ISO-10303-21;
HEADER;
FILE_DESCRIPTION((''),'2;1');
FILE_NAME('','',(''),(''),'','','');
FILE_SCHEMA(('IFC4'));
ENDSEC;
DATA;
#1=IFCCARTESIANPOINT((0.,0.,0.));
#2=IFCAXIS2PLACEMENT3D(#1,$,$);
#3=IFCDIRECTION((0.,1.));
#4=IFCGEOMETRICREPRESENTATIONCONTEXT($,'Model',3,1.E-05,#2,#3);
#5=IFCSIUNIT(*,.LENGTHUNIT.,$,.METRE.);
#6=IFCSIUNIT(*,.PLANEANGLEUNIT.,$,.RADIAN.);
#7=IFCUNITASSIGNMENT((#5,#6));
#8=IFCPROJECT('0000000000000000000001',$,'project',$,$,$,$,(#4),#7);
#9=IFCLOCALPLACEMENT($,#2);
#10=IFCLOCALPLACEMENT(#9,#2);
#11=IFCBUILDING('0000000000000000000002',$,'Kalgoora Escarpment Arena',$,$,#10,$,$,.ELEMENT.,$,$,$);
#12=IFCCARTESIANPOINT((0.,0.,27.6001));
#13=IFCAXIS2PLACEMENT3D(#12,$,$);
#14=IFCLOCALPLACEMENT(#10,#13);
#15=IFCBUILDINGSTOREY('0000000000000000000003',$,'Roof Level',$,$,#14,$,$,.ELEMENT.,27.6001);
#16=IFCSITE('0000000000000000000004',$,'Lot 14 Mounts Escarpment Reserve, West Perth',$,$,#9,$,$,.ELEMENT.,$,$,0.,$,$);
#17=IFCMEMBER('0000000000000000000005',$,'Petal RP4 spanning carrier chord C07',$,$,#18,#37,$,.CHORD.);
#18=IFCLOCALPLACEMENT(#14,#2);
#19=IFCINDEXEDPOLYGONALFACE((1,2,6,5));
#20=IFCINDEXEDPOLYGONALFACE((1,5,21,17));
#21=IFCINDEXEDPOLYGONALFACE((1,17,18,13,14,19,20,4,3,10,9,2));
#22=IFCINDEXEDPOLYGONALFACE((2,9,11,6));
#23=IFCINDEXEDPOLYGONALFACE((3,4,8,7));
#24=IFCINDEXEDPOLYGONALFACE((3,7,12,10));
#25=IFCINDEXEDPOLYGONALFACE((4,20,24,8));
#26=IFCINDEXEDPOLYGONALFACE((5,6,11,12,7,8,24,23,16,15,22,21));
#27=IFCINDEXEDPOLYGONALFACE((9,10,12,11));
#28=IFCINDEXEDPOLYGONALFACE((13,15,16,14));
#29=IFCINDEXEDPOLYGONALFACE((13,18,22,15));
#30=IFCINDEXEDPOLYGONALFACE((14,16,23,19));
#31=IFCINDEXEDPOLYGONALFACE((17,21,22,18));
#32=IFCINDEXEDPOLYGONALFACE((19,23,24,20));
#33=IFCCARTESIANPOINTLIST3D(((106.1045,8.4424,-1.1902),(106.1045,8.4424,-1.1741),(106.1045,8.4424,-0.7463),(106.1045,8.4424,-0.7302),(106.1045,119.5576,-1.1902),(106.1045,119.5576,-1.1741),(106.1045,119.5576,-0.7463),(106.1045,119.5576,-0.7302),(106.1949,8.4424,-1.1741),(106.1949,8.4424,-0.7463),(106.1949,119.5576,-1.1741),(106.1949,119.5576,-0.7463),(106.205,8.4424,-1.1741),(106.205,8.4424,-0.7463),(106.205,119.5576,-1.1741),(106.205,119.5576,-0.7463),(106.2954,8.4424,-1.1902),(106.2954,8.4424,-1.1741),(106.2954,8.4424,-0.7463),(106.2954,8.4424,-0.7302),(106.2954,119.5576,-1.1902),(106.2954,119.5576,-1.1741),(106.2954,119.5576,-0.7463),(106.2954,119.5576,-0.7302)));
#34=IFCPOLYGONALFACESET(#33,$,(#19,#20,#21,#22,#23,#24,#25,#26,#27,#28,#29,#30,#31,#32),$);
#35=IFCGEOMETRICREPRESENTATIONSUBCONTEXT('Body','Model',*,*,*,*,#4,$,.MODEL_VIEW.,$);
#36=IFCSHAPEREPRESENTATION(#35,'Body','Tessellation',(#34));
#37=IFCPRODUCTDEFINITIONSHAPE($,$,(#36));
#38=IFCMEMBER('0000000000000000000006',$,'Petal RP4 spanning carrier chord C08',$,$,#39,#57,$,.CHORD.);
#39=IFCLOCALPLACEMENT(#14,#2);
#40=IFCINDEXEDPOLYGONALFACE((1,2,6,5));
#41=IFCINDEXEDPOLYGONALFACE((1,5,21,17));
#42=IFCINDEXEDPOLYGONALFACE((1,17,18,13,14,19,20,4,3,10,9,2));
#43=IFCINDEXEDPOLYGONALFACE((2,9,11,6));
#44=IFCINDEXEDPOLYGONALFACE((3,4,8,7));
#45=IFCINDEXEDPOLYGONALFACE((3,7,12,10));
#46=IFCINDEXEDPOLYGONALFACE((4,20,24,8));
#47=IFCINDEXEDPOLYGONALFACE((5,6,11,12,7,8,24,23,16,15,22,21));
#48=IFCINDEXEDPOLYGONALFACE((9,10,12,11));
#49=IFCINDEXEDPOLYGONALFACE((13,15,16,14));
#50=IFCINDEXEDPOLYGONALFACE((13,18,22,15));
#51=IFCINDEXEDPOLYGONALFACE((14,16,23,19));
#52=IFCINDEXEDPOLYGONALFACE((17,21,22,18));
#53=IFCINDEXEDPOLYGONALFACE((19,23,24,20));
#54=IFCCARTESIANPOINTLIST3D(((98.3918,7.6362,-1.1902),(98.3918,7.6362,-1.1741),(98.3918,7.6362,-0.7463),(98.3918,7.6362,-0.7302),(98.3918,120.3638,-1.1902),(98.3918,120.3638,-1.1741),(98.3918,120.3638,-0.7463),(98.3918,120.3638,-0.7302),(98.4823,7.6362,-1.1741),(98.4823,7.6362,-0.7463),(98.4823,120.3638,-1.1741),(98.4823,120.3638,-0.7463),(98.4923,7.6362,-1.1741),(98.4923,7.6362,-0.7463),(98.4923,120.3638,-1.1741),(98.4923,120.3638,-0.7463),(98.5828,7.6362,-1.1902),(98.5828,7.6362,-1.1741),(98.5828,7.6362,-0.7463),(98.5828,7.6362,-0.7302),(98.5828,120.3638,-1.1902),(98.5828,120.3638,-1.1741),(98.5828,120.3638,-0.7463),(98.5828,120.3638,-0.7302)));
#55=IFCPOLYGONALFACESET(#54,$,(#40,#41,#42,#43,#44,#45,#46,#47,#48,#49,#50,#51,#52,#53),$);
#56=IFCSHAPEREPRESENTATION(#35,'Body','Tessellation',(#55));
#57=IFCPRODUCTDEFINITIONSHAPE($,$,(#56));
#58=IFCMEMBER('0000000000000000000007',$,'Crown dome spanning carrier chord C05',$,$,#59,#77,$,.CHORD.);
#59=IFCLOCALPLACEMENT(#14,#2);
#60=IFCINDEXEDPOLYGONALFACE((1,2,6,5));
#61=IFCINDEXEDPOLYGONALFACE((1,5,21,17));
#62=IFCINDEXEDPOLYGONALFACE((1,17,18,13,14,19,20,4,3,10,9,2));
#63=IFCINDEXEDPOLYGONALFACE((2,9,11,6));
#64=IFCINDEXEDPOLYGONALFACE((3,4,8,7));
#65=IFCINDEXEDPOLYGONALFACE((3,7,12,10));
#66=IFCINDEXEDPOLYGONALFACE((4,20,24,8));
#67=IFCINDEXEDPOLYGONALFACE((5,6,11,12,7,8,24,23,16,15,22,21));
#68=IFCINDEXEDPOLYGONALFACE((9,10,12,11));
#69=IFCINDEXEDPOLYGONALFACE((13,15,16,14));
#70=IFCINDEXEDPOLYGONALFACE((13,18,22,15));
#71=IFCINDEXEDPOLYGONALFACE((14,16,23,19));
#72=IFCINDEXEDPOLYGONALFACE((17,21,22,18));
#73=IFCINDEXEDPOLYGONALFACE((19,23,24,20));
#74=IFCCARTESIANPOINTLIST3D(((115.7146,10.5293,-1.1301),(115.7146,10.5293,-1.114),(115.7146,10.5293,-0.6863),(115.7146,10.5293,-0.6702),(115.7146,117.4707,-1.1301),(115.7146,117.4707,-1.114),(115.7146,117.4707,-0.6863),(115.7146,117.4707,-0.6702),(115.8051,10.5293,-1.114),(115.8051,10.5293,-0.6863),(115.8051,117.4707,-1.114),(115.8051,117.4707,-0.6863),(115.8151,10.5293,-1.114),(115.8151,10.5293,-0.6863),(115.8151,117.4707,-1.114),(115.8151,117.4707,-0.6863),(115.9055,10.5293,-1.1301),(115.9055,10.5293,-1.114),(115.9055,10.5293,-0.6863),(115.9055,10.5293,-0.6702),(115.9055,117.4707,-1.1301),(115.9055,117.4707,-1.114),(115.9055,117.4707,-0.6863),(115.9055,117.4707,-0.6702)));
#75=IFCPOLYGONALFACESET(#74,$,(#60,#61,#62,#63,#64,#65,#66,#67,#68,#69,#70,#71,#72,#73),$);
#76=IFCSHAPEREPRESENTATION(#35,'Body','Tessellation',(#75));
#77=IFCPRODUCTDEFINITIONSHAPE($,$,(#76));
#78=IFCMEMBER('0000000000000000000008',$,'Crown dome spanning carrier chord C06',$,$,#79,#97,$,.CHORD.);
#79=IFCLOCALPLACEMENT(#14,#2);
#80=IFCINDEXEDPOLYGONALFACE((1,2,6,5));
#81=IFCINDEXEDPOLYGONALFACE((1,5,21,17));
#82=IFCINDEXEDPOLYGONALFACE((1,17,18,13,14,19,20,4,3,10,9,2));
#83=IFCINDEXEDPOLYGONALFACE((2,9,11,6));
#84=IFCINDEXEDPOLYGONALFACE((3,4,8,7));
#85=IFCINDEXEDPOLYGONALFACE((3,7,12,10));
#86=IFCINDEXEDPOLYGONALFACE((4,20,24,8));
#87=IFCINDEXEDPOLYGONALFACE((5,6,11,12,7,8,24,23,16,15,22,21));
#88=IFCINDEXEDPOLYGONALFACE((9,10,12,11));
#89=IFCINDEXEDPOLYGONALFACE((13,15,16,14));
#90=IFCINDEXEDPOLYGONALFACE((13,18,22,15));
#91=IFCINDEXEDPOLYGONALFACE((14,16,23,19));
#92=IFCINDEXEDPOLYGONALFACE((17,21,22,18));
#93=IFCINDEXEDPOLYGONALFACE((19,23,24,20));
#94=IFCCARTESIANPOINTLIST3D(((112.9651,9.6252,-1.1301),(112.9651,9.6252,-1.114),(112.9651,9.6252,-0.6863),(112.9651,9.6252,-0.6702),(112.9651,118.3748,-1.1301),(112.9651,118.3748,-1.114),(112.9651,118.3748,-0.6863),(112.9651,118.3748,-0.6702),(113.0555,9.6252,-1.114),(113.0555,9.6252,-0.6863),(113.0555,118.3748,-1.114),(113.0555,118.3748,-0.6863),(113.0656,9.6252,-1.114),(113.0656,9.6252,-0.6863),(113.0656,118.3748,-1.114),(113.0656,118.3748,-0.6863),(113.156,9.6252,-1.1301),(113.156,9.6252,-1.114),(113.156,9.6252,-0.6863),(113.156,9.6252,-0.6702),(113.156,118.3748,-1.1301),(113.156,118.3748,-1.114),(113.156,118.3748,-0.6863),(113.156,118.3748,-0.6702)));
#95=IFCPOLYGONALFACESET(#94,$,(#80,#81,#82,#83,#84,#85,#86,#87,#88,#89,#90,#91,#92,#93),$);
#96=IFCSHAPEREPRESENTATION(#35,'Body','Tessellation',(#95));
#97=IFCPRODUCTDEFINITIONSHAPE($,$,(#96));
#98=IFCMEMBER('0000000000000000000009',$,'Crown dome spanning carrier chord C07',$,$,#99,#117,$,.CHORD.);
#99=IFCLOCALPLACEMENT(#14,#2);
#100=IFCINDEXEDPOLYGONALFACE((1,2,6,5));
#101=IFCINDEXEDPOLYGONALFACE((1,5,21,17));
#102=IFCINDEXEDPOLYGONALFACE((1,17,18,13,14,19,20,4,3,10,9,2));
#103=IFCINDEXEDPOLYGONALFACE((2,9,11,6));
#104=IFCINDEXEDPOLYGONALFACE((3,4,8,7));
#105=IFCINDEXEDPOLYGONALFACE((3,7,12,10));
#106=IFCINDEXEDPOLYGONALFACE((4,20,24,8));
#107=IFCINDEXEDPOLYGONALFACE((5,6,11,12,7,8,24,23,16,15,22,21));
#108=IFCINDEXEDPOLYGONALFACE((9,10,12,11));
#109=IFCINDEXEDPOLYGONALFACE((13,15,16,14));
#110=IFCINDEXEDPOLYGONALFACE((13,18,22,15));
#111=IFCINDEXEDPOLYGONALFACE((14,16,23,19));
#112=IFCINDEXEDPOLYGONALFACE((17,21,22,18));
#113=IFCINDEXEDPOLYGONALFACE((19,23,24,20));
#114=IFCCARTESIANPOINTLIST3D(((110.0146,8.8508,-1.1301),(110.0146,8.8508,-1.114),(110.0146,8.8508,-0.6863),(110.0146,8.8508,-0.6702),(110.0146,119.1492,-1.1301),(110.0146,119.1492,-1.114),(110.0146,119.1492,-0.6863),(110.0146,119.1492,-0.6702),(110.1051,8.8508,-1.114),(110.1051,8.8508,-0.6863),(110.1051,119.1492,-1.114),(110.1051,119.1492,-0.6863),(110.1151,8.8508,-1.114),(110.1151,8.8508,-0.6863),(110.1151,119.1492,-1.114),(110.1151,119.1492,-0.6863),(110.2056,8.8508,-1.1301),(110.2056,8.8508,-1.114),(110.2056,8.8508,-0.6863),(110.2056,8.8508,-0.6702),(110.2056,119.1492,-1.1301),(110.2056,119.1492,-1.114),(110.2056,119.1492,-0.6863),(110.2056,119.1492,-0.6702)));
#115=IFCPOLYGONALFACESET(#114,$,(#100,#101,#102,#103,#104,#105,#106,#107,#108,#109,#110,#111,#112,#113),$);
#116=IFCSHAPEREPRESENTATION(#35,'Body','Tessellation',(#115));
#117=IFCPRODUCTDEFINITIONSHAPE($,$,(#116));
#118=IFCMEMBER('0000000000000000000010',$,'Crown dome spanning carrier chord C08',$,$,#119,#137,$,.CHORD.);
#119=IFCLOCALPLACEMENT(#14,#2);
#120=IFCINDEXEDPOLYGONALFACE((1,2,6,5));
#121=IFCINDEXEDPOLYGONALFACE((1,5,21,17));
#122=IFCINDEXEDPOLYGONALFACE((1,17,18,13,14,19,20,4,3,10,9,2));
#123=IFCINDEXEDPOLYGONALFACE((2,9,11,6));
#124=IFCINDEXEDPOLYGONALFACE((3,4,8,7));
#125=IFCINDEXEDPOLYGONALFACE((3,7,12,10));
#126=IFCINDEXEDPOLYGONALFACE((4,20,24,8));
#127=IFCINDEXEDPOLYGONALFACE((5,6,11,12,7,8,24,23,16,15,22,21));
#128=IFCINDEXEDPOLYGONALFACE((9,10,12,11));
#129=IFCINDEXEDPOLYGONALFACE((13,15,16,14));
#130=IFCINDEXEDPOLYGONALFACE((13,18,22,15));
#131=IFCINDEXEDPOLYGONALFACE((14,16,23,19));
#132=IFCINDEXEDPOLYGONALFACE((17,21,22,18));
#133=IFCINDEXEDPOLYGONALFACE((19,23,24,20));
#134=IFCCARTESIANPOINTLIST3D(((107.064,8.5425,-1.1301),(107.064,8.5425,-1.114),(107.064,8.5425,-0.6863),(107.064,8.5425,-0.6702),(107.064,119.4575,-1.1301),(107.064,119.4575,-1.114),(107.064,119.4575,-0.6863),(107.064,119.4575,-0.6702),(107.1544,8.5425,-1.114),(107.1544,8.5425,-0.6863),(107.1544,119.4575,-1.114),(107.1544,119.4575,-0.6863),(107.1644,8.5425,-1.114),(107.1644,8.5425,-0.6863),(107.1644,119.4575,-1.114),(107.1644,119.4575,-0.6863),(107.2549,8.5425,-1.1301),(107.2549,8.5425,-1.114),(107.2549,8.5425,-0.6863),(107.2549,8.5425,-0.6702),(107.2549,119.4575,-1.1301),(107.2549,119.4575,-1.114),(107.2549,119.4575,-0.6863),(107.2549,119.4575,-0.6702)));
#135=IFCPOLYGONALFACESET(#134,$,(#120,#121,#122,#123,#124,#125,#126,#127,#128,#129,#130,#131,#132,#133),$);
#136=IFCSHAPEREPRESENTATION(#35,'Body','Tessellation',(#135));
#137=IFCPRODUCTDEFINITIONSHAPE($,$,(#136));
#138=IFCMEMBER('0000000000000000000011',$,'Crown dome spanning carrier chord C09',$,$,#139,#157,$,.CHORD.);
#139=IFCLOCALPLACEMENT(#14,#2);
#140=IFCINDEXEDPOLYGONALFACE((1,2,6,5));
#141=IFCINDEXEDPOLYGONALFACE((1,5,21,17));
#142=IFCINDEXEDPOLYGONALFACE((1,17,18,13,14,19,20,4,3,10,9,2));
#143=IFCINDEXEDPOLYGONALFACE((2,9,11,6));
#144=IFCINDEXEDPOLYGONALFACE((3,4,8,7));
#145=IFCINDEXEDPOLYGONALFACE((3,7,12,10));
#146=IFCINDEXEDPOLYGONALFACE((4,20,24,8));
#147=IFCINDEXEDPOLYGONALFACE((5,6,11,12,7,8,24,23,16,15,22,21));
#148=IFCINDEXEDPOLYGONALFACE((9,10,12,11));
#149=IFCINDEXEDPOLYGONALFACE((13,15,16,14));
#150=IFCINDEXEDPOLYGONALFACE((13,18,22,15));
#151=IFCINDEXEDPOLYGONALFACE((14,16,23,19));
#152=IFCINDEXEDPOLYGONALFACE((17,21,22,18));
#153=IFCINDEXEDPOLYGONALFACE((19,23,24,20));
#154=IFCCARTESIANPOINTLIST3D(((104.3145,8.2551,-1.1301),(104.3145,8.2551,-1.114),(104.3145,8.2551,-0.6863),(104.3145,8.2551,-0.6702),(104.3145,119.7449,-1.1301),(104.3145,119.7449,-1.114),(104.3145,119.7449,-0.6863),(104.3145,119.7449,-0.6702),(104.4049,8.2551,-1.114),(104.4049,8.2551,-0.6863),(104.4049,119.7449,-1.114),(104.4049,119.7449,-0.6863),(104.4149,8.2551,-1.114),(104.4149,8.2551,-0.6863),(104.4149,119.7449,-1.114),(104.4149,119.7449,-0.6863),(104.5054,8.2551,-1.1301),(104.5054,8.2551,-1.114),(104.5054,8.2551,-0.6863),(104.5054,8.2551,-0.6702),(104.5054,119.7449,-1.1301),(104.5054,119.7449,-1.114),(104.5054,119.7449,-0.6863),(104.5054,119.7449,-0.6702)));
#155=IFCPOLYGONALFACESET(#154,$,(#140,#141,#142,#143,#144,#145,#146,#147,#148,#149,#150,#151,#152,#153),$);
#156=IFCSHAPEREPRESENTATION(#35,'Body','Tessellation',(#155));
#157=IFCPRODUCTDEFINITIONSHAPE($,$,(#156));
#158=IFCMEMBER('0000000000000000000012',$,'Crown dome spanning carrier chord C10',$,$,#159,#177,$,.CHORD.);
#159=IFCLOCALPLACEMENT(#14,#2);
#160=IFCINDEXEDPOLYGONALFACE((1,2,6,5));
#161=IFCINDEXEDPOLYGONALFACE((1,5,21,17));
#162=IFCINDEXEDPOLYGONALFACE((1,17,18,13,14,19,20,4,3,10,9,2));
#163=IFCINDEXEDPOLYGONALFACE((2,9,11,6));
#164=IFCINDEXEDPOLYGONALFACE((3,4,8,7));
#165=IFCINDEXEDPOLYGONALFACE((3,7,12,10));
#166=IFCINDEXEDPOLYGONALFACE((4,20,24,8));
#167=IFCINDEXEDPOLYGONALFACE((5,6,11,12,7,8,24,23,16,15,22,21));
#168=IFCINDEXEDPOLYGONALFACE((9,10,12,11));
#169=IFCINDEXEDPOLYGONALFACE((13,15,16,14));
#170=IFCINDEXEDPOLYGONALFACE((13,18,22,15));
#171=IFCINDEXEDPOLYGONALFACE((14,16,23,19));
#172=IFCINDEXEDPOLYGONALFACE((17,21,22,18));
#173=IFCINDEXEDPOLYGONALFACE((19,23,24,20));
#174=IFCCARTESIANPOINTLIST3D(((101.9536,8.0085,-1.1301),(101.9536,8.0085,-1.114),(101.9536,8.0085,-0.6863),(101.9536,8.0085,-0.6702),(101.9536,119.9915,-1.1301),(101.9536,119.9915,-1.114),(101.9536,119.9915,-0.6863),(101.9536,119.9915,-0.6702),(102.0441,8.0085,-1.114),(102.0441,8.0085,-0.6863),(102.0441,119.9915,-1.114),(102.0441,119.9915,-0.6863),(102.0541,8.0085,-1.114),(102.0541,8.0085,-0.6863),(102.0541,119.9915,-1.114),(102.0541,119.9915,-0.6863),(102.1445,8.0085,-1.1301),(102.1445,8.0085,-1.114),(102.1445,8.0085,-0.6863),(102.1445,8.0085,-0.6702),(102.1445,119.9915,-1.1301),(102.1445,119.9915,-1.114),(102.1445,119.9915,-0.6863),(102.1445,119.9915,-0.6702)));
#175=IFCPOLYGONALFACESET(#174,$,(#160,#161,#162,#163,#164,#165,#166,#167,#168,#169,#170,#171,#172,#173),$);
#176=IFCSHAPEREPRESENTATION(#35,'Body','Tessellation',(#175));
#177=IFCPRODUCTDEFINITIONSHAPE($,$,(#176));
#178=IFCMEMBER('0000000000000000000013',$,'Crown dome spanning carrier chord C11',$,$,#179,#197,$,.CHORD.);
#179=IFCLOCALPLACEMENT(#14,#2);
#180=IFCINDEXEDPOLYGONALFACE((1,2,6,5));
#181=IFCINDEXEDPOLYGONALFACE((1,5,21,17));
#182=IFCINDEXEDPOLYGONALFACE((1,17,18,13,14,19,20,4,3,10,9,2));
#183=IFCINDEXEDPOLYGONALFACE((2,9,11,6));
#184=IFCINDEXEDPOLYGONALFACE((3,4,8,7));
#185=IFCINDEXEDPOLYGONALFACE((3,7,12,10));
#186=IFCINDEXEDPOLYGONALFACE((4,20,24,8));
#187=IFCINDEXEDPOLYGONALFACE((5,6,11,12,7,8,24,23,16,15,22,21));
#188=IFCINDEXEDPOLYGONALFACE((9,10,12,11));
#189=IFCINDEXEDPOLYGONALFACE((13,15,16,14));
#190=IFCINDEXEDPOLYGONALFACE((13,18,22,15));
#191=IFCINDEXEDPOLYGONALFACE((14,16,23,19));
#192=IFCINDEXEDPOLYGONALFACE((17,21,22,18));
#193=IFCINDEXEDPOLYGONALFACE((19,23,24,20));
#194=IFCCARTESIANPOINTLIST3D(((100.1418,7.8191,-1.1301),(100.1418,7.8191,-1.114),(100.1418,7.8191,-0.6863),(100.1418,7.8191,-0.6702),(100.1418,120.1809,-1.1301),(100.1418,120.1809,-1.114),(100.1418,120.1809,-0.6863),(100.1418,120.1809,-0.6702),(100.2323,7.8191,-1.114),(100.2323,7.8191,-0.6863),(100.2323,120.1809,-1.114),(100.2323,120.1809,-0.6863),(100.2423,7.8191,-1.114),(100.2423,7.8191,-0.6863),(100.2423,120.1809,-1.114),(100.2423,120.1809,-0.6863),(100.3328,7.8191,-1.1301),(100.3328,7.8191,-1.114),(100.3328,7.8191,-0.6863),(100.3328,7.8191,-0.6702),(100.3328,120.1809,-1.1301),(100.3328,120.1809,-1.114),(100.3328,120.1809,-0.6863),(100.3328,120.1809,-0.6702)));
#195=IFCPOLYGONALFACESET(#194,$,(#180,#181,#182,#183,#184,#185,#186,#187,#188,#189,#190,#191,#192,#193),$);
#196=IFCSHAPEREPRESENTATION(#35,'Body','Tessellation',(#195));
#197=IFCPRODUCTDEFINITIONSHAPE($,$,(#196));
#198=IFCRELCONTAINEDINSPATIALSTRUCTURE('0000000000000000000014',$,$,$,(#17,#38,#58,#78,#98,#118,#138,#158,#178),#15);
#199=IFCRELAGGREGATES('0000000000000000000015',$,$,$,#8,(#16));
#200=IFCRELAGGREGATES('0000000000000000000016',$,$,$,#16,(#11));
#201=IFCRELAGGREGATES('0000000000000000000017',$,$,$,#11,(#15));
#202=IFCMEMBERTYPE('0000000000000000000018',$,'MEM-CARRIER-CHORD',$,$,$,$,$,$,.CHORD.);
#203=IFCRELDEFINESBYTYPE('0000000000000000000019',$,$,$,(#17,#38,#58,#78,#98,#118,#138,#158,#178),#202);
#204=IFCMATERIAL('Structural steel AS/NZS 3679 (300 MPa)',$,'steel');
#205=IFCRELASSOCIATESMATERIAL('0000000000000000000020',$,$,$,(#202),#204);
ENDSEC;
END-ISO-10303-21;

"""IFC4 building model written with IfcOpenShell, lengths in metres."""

from ifc_helpers import new_model, si_unit, direction, frame, origin, origin_2d, place, context, subcontext, project, spatial, i_section, extrude, material, material_profile, profile_set, type_object, element, save


model = new_model("IFC4")

# Units and contexts
model_context = context("Model", 3, precision=1e-05, world=origin(), true_north=direction((0.0, 1.0)))
body_context = subcontext(model_context, "Body", "Model", "MODEL_VIEW")
ifc_project = project(units=[si_unit("LENGTHUNIT", "METRE"), si_unit("PLANEANGLEUNIT", "RADIAN")], contexts=[model_context])

# Site, building, storey
site_placement = place(None, origin())
site = spatial("IfcSite", under=ifc_project, at=site_placement, Name="Lot 14 Mounts Escarpment Reserve, West Perth", CompositionType="ELEMENT", RefElevation=0.0)
building_placement = place(site_placement, origin())
building = spatial("IfcBuilding", under=site, at=building_placement, Name="Kalgoora Escarpment Arena", CompositionType="ELEMENT")
storey_placement = place(building_placement, frame((0.0, 0.0, 27.6001)))
storey = spatial("IfcBuildingStorey", under=building, at=storey_placement, Name="Roof Level", CompositionType="ELEMENT", Elevation=27.6001)

# Members
ifc_material_1 = material(Name="Structural steel AS/NZS 3679 (300 MPa)", Category="steel")
ifc_material_profile_1 = material_profile(ifc_material_1, i_section(OverallWidth=0.1909, OverallDepth=0.46, WebThickness=0.01, FlangeThickness=0.0161, at=origin_2d()))
ifc_profile_set_1 = profile_set([ifc_material_profile_1], Name="Structural steel AS/NZS 3679 (300 MPa)")
member_type_1 = type_object("IfcMemberType", Name="MEM-CARRIER-CHORD", PredefinedType="CHORD", material=ifc_profile_set_1)
member_1_placement = place(storey_placement, frame((106.2, 8.4424, -0.9602), z_axis=(0.0, 1.0, 0.0), x_axis=(-1.0, 0.0, 0.0)))
element("IfcMember", 1, at=member_1_placement, inside=storey, type_object=member_type_1, Name="Petal RP4 spanning carrier chord C07", PredefinedType="CHORD", context=body_context, shape_type="SweptSolid", body=[
    extrude(i_section(OverallWidth=0.1909, OverallDepth=0.46, WebThickness=0.01, FlangeThickness=0.0161, at=origin_2d()), origin(), (0.0, 0.0, 1.0), 111.1152),
])
member_2_placement = place(storey_placement, frame((98.4873, 7.6362, -0.9602), z_axis=(0.0, 1.0, 0.0), x_axis=(-1.0, 0.0, 0.0)))
element("IfcMember", 2, at=member_2_placement, inside=storey, type_object=member_type_1, Name="Petal RP4 spanning carrier chord C08", PredefinedType="CHORD", context=body_context, shape_type="SweptSolid", body=[
    extrude(i_section(OverallWidth=0.1909, OverallDepth=0.46, WebThickness=0.01, FlangeThickness=0.0161, at=origin_2d()), origin(), (0.0, 0.0, 1.0), 112.7275),
])
member_3_placement = place(storey_placement, frame((115.8101, 10.5293, -0.9001), z_axis=(0.0, 1.0, 0.0), x_axis=(-1.0, 0.0, 0.0)))
element("IfcMember", 3, at=member_3_placement, inside=storey, type_object=member_type_1, Name="Crown dome spanning carrier chord C05", PredefinedType="CHORD", context=body_context, shape_type="SweptSolid", body=[
    extrude(i_section(OverallWidth=0.1909, OverallDepth=0.46, WebThickness=0.01, FlangeThickness=0.0161, at=origin_2d()), origin(), (0.0, 0.0, 1.0), 106.9414),
])
member_4_placement = place(storey_placement, frame((113.0605, 9.6252, -0.9001), z_axis=(0.0, 1.0, 0.0), x_axis=(-1.0, 0.0, 0.0)))
element("IfcMember", 4, at=member_4_placement, inside=storey, type_object=member_type_1, Name="Crown dome spanning carrier chord C06", PredefinedType="CHORD", context=body_context, shape_type="SweptSolid", body=[
    extrude(i_section(OverallWidth=0.1909, OverallDepth=0.46, WebThickness=0.01, FlangeThickness=0.0161, at=origin_2d()), origin(), (0.0, 0.0, 1.0), 108.7495),
])
member_5_placement = place(storey_placement, frame((110.1101, 8.8508, -0.9001), z_axis=(0.0, 1.0, 0.0), x_axis=(-1.0, 0.0, 0.0)))
element("IfcMember", 5, at=member_5_placement, inside=storey, type_object=member_type_1, Name="Crown dome spanning carrier chord C07", PredefinedType="CHORD", context=body_context, shape_type="SweptSolid", body=[
    extrude(i_section(OverallWidth=0.1909, OverallDepth=0.46, WebThickness=0.01, FlangeThickness=0.0161, at=origin_2d()), origin(), (0.0, 0.0, 1.0), 110.2983),
])
member_6_placement = place(storey_placement, frame((107.1594, 8.5425, -0.9001), z_axis=(0.0, 1.0, 0.0), x_axis=(-1.0, 0.0, 0.0)))
element("IfcMember", 6, at=member_6_placement, inside=storey, type_object=member_type_1, Name="Crown dome spanning carrier chord C08", PredefinedType="CHORD", context=body_context, shape_type="SweptSolid", body=[
    extrude(i_section(OverallWidth=0.1909, OverallDepth=0.46, WebThickness=0.01, FlangeThickness=0.0161, at=origin_2d()), origin(), (0.0, 0.0, 1.0), 110.915),
])
member_7_placement = place(storey_placement, frame((104.4099, 8.2551, -0.9001), z_axis=(0.0, 1.0, 0.0), x_axis=(-1.0, 0.0, 0.0)))
element("IfcMember", 7, at=member_7_placement, inside=storey, type_object=member_type_1, Name="Crown dome spanning carrier chord C09", PredefinedType="CHORD", context=body_context, shape_type="SweptSolid", body=[
    extrude(i_section(OverallWidth=0.1909, OverallDepth=0.46, WebThickness=0.01, FlangeThickness=0.0161, at=origin_2d()), origin(), (0.0, 0.0, 1.0), 111.4897),
])
member_8_placement = place(storey_placement, frame((102.0491, 8.0085, -0.9001), z_axis=(0.0, 1.0, 0.0), x_axis=(-1.0, 0.0, 0.0)))
element("IfcMember", 8, at=member_8_placement, inside=storey, type_object=member_type_1, Name="Crown dome spanning carrier chord C10", PredefinedType="CHORD", context=body_context, shape_type="SweptSolid", body=[
    extrude(i_section(OverallWidth=0.1909, OverallDepth=0.46, WebThickness=0.01, FlangeThickness=0.0161, at=origin_2d()), origin(), (0.0, 0.0, 1.0), 111.9829),
])
member_9_placement = place(storey_placement, frame((100.2373, 7.8191, -0.9001), z_axis=(0.0, 1.0, 0.0), x_axis=(-1.0, 0.0, 0.0)))
element("IfcMember", 9, at=member_9_placement, inside=storey, type_object=member_type_1, Name="Crown dome spanning carrier chord C11", PredefinedType="CHORD", context=body_context, shape_type="SweptSolid", body=[
    extrude(i_section(OverallWidth=0.1909, OverallDepth=0.46, WebThickness=0.01, FlangeThickness=0.0161, at=origin_2d()), origin(), (0.0, 0.0, 1.0), 112.3618),
])

save(model, "model.ifc")
